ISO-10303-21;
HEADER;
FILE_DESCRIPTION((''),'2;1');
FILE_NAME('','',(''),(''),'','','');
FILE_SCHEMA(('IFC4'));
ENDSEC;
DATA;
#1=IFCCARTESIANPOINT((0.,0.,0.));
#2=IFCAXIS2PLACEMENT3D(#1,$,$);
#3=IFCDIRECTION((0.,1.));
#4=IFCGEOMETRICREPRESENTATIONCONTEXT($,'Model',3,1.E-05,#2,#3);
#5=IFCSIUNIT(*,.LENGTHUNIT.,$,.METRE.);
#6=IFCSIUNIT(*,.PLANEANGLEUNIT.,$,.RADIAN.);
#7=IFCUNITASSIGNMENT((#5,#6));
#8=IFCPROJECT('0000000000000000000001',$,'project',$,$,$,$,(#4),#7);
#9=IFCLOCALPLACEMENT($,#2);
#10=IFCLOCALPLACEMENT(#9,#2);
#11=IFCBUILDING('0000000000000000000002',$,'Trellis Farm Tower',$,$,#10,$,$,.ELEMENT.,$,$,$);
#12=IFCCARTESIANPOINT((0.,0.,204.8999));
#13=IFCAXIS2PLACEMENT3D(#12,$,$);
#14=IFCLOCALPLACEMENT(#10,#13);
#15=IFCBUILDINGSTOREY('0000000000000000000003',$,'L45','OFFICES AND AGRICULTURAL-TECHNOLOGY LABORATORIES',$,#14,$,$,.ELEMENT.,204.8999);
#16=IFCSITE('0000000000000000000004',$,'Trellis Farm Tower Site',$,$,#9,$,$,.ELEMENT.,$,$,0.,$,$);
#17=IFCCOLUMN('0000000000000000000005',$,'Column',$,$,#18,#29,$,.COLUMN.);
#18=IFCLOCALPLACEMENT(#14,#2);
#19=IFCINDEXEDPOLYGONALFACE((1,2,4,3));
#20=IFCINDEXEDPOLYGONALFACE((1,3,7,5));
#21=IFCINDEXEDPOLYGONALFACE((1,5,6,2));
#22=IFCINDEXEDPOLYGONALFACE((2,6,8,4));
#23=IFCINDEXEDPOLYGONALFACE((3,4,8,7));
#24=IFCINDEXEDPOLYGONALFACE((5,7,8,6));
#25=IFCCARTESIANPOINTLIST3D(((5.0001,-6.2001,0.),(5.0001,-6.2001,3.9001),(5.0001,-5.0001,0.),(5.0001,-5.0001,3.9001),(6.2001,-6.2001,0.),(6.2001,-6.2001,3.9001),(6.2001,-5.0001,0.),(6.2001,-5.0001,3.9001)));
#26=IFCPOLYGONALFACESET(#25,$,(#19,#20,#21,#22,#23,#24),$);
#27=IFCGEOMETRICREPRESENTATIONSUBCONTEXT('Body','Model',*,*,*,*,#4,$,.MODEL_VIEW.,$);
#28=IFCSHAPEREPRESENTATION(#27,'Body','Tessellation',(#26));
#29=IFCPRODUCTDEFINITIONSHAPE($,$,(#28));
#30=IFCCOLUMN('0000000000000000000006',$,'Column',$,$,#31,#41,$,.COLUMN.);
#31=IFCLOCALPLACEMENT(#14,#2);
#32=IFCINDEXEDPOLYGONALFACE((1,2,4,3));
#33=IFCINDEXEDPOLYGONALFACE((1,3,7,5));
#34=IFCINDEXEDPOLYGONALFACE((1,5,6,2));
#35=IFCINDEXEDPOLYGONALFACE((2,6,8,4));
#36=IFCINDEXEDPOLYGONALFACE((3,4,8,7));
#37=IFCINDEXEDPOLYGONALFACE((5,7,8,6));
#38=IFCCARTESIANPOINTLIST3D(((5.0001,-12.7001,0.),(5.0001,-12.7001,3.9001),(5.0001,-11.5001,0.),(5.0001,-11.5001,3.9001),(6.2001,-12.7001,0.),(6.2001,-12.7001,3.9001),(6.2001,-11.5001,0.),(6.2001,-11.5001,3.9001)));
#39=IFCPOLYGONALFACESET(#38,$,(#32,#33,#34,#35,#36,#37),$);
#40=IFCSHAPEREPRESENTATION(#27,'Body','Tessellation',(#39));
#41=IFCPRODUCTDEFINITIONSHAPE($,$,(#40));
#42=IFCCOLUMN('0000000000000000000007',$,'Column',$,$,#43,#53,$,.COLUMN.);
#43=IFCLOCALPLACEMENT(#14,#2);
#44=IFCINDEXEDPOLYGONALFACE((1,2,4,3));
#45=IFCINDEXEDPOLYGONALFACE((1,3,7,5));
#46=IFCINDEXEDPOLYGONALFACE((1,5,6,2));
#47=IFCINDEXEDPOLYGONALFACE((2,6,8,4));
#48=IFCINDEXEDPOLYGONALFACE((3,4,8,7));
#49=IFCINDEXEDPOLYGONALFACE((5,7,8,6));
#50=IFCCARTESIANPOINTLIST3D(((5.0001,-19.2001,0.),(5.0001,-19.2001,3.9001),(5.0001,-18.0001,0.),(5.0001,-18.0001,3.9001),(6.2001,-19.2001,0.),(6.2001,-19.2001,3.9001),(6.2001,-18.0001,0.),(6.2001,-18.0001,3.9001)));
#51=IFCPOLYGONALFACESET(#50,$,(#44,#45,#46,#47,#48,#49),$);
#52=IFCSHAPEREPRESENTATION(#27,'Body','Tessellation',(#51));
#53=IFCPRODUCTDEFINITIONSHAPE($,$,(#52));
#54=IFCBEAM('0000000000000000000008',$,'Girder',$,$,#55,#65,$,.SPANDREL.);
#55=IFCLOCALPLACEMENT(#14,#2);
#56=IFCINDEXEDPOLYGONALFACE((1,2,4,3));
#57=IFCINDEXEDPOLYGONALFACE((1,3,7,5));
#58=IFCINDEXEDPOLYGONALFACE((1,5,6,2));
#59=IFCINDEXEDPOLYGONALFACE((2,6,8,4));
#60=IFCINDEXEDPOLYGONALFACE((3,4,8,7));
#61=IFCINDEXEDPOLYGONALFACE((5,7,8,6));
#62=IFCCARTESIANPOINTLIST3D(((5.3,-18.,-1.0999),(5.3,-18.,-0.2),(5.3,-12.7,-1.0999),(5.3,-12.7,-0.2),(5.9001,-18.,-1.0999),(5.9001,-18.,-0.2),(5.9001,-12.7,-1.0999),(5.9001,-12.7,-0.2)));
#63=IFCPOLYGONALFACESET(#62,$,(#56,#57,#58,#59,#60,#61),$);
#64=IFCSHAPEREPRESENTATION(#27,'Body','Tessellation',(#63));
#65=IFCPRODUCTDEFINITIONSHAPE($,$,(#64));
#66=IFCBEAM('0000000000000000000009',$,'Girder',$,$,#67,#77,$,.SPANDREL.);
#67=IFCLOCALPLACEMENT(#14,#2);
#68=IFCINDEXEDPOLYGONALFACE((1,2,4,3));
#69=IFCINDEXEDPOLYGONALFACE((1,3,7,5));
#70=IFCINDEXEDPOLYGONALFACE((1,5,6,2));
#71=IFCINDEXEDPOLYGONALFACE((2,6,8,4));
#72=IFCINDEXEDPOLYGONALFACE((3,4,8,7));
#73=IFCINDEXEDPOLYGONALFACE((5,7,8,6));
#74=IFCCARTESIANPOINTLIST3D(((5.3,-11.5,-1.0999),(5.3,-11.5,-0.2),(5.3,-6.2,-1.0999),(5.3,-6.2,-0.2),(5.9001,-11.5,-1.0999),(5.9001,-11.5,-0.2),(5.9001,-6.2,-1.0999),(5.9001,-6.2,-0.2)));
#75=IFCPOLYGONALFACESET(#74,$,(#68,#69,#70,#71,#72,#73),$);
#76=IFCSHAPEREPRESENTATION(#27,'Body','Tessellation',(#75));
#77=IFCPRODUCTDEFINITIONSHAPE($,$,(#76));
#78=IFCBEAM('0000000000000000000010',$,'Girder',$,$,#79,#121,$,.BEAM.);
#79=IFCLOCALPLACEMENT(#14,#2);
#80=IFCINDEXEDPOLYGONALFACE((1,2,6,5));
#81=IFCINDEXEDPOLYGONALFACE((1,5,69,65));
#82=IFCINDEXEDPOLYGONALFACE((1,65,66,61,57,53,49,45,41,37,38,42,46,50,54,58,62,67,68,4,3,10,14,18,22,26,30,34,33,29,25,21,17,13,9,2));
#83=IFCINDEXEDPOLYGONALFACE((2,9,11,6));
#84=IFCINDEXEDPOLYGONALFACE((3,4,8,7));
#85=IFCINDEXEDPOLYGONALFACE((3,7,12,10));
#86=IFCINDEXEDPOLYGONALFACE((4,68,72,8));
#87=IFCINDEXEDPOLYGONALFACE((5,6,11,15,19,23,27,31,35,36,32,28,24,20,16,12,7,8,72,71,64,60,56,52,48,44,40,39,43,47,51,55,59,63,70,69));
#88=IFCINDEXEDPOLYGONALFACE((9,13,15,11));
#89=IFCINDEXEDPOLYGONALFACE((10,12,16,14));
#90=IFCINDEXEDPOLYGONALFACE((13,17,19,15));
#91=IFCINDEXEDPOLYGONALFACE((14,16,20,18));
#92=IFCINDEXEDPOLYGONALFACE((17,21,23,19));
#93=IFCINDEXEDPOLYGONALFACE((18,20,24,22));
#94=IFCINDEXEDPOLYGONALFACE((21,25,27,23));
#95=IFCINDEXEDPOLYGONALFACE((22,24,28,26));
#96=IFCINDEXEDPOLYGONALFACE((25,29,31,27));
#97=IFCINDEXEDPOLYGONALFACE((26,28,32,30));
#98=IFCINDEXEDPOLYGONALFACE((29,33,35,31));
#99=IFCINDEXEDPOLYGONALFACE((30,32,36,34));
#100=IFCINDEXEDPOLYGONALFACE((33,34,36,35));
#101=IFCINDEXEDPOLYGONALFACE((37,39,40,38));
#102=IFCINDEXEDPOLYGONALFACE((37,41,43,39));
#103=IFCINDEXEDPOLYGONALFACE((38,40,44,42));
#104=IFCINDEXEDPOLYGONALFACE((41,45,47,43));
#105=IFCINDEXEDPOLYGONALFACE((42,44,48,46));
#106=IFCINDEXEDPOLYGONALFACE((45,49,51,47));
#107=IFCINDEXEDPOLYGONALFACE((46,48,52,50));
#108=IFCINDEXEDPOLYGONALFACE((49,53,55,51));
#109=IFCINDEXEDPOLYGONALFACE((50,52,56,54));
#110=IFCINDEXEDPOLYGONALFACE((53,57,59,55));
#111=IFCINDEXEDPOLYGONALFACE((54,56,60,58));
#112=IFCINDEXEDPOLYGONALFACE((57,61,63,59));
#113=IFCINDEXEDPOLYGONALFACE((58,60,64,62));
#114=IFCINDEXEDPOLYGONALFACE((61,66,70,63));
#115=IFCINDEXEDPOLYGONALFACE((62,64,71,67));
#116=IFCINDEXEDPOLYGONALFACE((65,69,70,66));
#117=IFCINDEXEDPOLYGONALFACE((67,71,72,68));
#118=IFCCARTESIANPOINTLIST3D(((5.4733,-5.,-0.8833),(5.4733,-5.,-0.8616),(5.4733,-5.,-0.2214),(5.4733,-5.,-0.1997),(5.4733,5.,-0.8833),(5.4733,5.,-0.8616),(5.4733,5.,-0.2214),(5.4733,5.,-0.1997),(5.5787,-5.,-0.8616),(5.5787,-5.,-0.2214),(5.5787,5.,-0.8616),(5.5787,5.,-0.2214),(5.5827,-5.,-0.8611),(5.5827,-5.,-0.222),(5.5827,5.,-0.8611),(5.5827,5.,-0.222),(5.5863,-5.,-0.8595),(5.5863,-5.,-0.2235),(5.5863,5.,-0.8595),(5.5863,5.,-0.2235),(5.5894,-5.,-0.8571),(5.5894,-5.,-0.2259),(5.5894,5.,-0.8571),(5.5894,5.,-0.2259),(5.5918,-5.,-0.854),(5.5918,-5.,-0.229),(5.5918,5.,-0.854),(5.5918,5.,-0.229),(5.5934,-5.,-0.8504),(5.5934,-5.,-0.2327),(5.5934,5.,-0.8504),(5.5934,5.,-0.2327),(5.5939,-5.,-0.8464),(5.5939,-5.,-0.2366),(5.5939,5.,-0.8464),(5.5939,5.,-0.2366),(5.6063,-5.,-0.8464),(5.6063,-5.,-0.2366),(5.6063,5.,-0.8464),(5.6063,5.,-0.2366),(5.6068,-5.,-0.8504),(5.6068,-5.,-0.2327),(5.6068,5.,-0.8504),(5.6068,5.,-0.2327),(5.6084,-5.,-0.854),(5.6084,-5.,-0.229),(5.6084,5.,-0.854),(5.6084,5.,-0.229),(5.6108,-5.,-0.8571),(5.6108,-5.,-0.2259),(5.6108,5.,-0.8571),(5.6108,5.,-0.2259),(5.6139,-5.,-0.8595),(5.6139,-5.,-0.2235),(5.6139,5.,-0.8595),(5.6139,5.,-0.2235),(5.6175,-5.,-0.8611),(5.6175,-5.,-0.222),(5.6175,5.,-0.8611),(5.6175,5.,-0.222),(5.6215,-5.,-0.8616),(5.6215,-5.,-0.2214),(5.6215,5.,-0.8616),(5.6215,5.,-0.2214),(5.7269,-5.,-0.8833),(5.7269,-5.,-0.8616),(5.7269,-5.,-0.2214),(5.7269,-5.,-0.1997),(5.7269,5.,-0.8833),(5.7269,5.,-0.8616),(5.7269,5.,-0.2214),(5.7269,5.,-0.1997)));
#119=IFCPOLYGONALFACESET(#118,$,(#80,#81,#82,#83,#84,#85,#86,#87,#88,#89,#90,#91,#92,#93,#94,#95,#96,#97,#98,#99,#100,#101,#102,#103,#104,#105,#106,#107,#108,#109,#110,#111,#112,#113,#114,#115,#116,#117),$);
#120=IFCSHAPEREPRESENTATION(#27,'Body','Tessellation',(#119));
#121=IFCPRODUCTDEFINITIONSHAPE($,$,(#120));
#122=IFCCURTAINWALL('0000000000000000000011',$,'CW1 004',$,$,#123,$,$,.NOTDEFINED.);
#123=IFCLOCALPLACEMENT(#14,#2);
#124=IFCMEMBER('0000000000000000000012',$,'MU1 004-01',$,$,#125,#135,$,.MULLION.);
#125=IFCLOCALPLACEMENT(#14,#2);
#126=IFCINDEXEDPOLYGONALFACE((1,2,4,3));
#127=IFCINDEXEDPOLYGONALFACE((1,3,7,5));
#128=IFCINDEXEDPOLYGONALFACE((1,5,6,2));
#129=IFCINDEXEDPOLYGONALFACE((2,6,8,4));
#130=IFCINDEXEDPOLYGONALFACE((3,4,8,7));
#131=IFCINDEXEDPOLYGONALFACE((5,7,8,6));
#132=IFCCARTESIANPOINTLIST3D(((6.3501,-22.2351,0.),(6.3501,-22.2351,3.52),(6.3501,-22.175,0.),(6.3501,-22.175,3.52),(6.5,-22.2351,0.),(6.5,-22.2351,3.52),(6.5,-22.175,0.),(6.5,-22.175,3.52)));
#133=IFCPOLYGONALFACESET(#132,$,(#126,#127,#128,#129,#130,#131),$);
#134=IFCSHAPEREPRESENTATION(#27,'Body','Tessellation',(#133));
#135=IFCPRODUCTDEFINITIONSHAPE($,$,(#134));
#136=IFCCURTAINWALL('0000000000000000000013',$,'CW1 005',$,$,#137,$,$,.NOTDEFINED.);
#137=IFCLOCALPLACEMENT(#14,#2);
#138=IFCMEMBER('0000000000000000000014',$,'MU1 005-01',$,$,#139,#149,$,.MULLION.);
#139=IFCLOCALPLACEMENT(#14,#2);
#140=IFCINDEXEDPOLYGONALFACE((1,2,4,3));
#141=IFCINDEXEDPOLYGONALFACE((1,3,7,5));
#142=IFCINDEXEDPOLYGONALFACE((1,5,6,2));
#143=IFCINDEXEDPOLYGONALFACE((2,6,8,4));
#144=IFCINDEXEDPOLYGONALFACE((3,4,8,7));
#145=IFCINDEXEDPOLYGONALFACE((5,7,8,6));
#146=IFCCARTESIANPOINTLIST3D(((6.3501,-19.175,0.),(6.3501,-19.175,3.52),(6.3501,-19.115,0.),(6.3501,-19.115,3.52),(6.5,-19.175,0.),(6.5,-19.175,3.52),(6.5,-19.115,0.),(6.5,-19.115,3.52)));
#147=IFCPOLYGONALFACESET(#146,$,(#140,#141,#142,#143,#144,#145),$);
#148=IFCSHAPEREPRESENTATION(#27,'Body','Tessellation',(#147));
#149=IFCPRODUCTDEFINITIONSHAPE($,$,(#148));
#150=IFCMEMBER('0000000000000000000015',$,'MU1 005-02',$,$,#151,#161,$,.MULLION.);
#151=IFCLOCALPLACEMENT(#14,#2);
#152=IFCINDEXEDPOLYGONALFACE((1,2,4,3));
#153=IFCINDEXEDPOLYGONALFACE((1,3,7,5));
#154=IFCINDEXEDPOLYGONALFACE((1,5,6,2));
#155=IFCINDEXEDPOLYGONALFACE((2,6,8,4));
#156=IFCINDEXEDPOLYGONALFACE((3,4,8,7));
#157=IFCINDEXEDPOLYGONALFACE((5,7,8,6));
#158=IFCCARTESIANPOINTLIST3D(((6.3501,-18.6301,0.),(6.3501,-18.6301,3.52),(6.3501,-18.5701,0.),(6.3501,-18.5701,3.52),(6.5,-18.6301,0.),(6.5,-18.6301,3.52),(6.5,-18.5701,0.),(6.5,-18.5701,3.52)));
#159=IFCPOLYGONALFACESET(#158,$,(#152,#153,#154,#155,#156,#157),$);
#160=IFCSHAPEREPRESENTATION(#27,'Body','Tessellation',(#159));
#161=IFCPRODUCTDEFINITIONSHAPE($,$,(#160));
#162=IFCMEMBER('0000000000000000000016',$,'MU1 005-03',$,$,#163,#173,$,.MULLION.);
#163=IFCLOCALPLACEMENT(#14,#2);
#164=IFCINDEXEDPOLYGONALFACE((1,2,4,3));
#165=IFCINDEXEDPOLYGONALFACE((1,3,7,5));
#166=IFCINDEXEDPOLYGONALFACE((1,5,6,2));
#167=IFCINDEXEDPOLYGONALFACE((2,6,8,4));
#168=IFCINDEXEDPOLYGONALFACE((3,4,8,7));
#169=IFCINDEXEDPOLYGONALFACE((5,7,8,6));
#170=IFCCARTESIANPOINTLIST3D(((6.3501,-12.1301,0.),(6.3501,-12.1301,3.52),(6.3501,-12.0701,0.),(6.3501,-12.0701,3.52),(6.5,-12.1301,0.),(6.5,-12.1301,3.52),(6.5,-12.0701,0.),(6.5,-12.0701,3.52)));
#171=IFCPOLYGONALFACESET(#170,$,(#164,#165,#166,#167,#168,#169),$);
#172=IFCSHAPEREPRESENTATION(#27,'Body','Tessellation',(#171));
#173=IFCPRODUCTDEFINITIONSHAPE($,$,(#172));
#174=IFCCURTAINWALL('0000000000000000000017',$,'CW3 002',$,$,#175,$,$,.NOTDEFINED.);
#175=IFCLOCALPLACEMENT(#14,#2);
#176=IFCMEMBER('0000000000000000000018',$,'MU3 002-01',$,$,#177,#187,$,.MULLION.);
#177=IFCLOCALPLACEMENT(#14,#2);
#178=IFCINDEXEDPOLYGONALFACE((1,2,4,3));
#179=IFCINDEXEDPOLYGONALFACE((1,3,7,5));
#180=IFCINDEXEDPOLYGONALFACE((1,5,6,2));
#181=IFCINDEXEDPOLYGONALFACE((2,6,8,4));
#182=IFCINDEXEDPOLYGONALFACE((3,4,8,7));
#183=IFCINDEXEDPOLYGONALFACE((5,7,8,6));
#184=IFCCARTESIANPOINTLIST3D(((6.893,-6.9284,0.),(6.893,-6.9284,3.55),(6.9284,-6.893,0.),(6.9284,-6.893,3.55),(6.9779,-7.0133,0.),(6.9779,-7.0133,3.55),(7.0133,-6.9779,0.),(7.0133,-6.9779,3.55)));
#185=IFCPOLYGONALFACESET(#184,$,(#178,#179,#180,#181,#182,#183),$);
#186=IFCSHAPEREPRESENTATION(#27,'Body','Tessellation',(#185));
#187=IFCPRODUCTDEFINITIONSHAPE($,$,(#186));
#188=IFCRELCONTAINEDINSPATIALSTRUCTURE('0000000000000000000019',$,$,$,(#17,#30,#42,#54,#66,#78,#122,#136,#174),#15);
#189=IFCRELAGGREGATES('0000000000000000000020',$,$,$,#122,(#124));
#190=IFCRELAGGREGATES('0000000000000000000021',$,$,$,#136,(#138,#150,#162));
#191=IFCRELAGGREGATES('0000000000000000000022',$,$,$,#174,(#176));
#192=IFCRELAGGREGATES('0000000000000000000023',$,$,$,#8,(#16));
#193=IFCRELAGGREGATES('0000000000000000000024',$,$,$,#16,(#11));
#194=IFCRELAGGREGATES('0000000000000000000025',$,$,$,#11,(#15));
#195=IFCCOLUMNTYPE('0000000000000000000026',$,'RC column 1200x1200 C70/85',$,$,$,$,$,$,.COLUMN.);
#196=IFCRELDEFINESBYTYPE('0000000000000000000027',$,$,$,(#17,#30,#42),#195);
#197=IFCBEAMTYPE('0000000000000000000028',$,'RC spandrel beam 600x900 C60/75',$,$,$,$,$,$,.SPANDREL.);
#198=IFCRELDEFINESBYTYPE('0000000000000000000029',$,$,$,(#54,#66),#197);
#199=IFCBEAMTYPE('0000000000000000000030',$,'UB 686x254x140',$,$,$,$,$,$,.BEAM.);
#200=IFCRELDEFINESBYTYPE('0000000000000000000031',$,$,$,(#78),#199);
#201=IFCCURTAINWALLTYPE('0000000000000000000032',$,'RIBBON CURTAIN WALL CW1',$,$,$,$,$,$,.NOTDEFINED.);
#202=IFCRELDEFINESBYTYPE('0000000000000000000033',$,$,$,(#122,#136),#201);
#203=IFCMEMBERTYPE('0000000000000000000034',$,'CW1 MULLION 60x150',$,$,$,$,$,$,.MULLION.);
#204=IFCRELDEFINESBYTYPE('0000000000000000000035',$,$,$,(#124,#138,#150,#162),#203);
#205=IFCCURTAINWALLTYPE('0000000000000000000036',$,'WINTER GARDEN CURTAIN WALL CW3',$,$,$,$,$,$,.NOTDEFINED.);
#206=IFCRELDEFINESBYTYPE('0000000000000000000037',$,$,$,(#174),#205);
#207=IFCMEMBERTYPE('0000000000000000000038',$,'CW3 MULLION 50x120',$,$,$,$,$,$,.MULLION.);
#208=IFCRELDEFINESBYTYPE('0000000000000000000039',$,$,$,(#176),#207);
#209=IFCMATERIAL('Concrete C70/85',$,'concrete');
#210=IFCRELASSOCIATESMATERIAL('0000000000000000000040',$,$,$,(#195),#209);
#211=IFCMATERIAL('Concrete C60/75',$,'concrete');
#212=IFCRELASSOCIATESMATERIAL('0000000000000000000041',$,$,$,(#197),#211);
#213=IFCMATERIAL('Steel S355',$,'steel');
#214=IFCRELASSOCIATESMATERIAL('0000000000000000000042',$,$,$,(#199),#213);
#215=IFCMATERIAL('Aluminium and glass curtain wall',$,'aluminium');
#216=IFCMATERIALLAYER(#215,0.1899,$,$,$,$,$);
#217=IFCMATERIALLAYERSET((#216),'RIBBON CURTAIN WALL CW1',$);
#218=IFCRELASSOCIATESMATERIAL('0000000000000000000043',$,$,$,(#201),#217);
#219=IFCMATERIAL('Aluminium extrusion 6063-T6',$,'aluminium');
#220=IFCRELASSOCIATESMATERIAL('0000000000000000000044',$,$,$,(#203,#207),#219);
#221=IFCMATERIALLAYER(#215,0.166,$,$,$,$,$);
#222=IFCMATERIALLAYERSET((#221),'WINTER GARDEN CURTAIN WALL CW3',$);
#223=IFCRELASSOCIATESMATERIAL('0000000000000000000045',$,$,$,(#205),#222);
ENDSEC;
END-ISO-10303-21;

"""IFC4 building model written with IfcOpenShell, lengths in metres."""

from ifc_helpers import new_model, si_unit, direction, frame, origin, origin_2d, place, context, subcontext, project, spatial, rectangle, i_section, extrude, source, transform, mapped, material, layer, layer_set, material_profile, profile_set, type_object, element, aggregate, save


model = new_model("IFC4")

# Units and contexts
model_context = context("Model", 3, precision=1e-05, world=origin(), true_north=direction((0.0, 1.0)))
body_context = subcontext(model_context, "Body", "Model", "MODEL_VIEW")
ifc_project = project(units=[si_unit("LENGTHUNIT", "METRE"), si_unit("PLANEANGLEUNIT", "RADIAN")], contexts=[model_context])

# Site, building, storey
site_placement = place(None, origin())
site = spatial("IfcSite", under=ifc_project, at=site_placement, Name="Trellis Farm Tower Site", CompositionType="ELEMENT", RefElevation=0.0)
building_placement = place(site_placement, origin())
building = spatial("IfcBuilding", under=site, at=building_placement, Name="Trellis Farm Tower", CompositionType="ELEMENT")
storey_placement = place(building_placement, frame((0.0, 0.0, 204.8999)))
storey = spatial("IfcBuildingStorey", under=building, at=storey_placement, Name="L45", Description="OFFICES AND AGRICULTURAL-TECHNOLOGY LABORATORIES", CompositionType="ELEMENT", Elevation=204.8999)

# Columns
ifc_material_1 = material(Name="Concrete C70/85", Category="concrete")
ifc_material_profile_1 = material_profile(ifc_material_1, rectangle(XDim=1.2, YDim=1.2, at=origin_2d()), Name="RC column 1200x1200 C70/85")
ifc_profile_set_1 = profile_set([ifc_material_profile_1], Name="Concrete C70/85")
column_type = type_object("IfcColumnType", Name="RC column 1200x1200 C70/85", PredefinedType="COLUMN", material=ifc_profile_set_1)
shared_shape_1 = source(origin(), body_context, "Body", "SweptSolid", [
    extrude(rectangle(XDim=1.2, YDim=1.2, at=origin_2d()), origin(), (0.0, 0.0, 1.0), 3.9001),
])
for number, where, z_axis, x_axis, name in (
    (1, (5.6001, -5.6001, 0.0), (0.0, 0.0, 1.0), (1.0, 0.0, 0.0), "Column"),
    (2, (5.6001, -12.1001, 0.0), (0.0, 0.0, 1.0), (1.0, 0.0, 0.0), "Column"),
    (3, (5.6001, -18.6001, 0.0), (0.0, 0.0, 1.0), (1.0, 0.0, 0.0), "Column"),
):
    element("IfcColumn", number, at=place(storey_placement, frame(where, z_axis=z_axis, x_axis=x_axis)), inside=storey, type_object=column_type, Name=name, PredefinedType="COLUMN", context=body_context, shape_type="MappedRepresentation", body=[
        mapped(shared_shape_1, transform((0.0, 0.0, 0.0))),
    ])

# Beams
ifc_material_2 = material(Name="Concrete C60/75", Category="concrete")
ifc_material_profile_2 = material_profile(ifc_material_2, rectangle(XDim=0.6001, YDim=0.8999, at=origin_2d()), Name="RC spandrel beam 600x900 C60/75")
ifc_profile_set_2 = profile_set([ifc_material_profile_2], Name="Concrete C60/75")
beam_type_1 = type_object("IfcBeamType", Name="RC spandrel beam 600x900 C60/75", PredefinedType="SPANDREL", material=ifc_profile_set_2)
shared_shape_2 = source(origin(), body_context, "Body", "SweptSolid", [
    extrude(rectangle(XDim=0.6001, YDim=0.8999, at=origin_2d()), origin(), (0.0, 0.0, 1.0), 5.3),
])
for number, where, z_axis, x_axis, name in (
    (4, (5.6001, -18.0, -0.6499), (0.0, 1.0, 0.0), (-1.0, 0.0, 0.0), "Girder"),
    (5, (5.6001, -11.5, -0.6499), (0.0, 1.0, 0.0), (-1.0, 0.0, 0.0), "Girder"),
):
    element("IfcBeam", number, at=place(storey_placement, frame(where, z_axis=z_axis, x_axis=x_axis)), inside=storey, type_object=beam_type_1, Name=name, PredefinedType="SPANDREL", context=body_context, shape_type="MappedRepresentation", body=[
        mapped(shared_shape_2, transform((0.0, 0.0, 0.0))),
    ])
ifc_material_3 = material(Name="Steel S355", Category="steel")
ifc_material_profile_3 = material_profile(ifc_material_3, i_section(OverallWidth=0.2537, OverallDepth=0.6836, WebThickness=0.0125, FlangeThickness=0.0217, FilletRadius=0.0151, at=origin_2d()), Name="UB 686x254x140")
ifc_profile_set_3 = profile_set([ifc_material_profile_3], Name="Steel S355")
beam_type_2 = type_object("IfcBeamType", Name="UB 686x254x140", PredefinedType="BEAM", material=ifc_profile_set_3)
shared_shape_3 = source(origin(), body_context, "Body", "SweptSolid", [
    extrude(i_section(OverallWidth=0.2537, OverallDepth=0.6836, WebThickness=0.0125, FlangeThickness=0.0217, FilletRadius=0.0151, at=origin_2d()), origin(), (0.0, 0.0, 1.0), 10.0),
])
beam_placement = place(storey_placement, frame((5.6001, -5.0, -0.5415), z_axis=(0.0, 1.0, 0.0), x_axis=(-1.0, 0.0, 0.0)))
element("IfcBeam", 6, at=beam_placement, inside=storey, type_object=beam_type_2, Name="Girder", PredefinedType="BEAM", context=body_context, shape_type="MappedRepresentation", body=[
    mapped(shared_shape_3, transform((0.0, 0.0, 0.0))),
])

# Curtain wall, member
ifc_material_4 = material(Name="Aluminium and glass curtain wall", Category="aluminium")
ifc_layer_1 = layer(ifc_material_4, 0.1899)
ifc_layer_set_1 = layer_set([ifc_layer_1], Name="RIBBON CURTAIN WALL CW1")
curtain_wall_type_1 = type_object("IfcCurtainWallType", Name="RIBBON CURTAIN WALL CW1", PredefinedType="NOTDEFINED", material=ifc_layer_set_1)
placement = place(storey_placement, origin())
curtain_wall_1 = element("IfcCurtainWall", 7, at=placement, inside=storey, type_object=curtain_wall_type_1, Name="CW1 004", PredefinedType="NOTDEFINED")
ifc_material_5 = material(Name="Aluminium extrusion 6063-T6", Category="aluminium")
ifc_material_profile_4 = material_profile(ifc_material_5, rectangle(XDim=0.0601, YDim=0.1499, at=origin_2d()), Name="MULLION 60x150")
ifc_profile_set_4 = profile_set([ifc_material_profile_4], Name="Aluminium extrusion 6063-T6")
member_type_1 = type_object("IfcMemberType", Name="CW1 MULLION 60x150", PredefinedType="MULLION", material=ifc_profile_set_4)
shared_shape_4 = source(origin(), body_context, "Body", "SweptSolid", [
    extrude(rectangle(XDim=0.0601, YDim=0.1499, at=origin_2d()), origin(), (0.0, 0.0, 1.0), 3.52),
])
member_1_placement = place(storey_placement, frame((6.425, -22.2051, 0.0), z_axis=(0.0, 0.0, 1.0), x_axis=(0.0, 1.0, 0.0)))
member_1 = element("IfcMember", 8, at=member_1_placement, type_object=member_type_1, Name="MU1 004-01", PredefinedType="MULLION", context=body_context, shape_type="MappedRepresentation", body=[
    mapped(shared_shape_4, transform((0.0, 0.0, 0.0))),
])
aggregate(curtain_wall_1, [member_1])

# Curtain wall, members
curtain_wall_2 = element("IfcCurtainWall", 9, at=placement, inside=storey, type_object=curtain_wall_type_1, Name="CW1 005", PredefinedType="NOTDEFINED")
member_2_placement = place(storey_placement, frame((6.425, -19.145, 0.0), z_axis=(0.0, 0.0, 1.0), x_axis=(0.0, 1.0, 0.0)))
member_2 = element("IfcMember", 10, at=member_2_placement, type_object=member_type_1, Name="MU1 005-01", PredefinedType="MULLION", context=body_context, shape_type="MappedRepresentation", body=[
    mapped(shared_shape_4, transform((0.0, 0.0, 0.0))),
])
member_3_placement = place(storey_placement, frame((6.425, -18.6001, 0.0), z_axis=(0.0, 0.0, 1.0), x_axis=(0.0, 1.0, 0.0)))
member_3 = element("IfcMember", 11, at=member_3_placement, type_object=member_type_1, Name="MU1 005-02", PredefinedType="MULLION", context=body_context, shape_type="MappedRepresentation", body=[
    mapped(shared_shape_4, transform((0.0, 0.0, 0.0))),
])
member_4_placement = place(storey_placement, frame((6.425, -12.1001, 0.0), z_axis=(0.0, 0.0, 1.0), x_axis=(0.0, 1.0, 0.0)))
member_4 = element("IfcMember", 12, at=member_4_placement, type_object=member_type_1, Name="MU1 005-03", PredefinedType="MULLION", context=body_context, shape_type="MappedRepresentation", body=[
    mapped(shared_shape_4, transform((0.0, 0.0, 0.0))),
])
aggregate(curtain_wall_2, [member_2, member_3, member_4])

# Curtain wall, member
ifc_layer_2 = layer(ifc_material_4, 0.166)
ifc_layer_set_2 = layer_set([ifc_layer_2], Name="WINTER GARDEN CURTAIN WALL CW3")
curtain_wall_type_2 = type_object("IfcCurtainWallType", Name="WINTER GARDEN CURTAIN WALL CW3", PredefinedType="NOTDEFINED", material=ifc_layer_set_2)
curtain_wall_3 = element("IfcCurtainWall", 13, at=placement, inside=storey, type_object=curtain_wall_type_2, Name="CW3 002", PredefinedType="NOTDEFINED")
ifc_material_profile_5 = material_profile(ifc_material_5, rectangle(XDim=0.05, YDim=0.1201, at=origin_2d()), Name="MULLION 50x120")
ifc_profile_set_5 = profile_set([ifc_material_profile_5], Name="Aluminium extrusion 6063-T6")
member_type_2 = type_object("IfcMemberType", Name="CW3 MULLION 50x120", PredefinedType="MULLION", material=ifc_profile_set_5)
shared_shape_5 = source(origin(), body_context, "Body", "SweptSolid", [
    extrude(rectangle(XDim=0.05, YDim=0.1201, at=origin_2d()), origin(), (0.0, 0.0, 1.0), 3.55),
])
member_5_placement = place(storey_placement, frame((6.9531, -6.9531, 0.0), z_axis=(0.0, 0.0, 1.0), x_axis=(0.707107, 0.707107, 0.0)))
member_5 = element("IfcMember", 14, at=member_5_placement, type_object=member_type_2, Name="MU3 002-01", PredefinedType="MULLION", context=body_context, shape_type="MappedRepresentation", body=[
    mapped(shared_shape_5, transform((0.0, 0.0, 0.0))),
])
aggregate(curtain_wall_3, [member_5])

save(model, "model.ifc")
